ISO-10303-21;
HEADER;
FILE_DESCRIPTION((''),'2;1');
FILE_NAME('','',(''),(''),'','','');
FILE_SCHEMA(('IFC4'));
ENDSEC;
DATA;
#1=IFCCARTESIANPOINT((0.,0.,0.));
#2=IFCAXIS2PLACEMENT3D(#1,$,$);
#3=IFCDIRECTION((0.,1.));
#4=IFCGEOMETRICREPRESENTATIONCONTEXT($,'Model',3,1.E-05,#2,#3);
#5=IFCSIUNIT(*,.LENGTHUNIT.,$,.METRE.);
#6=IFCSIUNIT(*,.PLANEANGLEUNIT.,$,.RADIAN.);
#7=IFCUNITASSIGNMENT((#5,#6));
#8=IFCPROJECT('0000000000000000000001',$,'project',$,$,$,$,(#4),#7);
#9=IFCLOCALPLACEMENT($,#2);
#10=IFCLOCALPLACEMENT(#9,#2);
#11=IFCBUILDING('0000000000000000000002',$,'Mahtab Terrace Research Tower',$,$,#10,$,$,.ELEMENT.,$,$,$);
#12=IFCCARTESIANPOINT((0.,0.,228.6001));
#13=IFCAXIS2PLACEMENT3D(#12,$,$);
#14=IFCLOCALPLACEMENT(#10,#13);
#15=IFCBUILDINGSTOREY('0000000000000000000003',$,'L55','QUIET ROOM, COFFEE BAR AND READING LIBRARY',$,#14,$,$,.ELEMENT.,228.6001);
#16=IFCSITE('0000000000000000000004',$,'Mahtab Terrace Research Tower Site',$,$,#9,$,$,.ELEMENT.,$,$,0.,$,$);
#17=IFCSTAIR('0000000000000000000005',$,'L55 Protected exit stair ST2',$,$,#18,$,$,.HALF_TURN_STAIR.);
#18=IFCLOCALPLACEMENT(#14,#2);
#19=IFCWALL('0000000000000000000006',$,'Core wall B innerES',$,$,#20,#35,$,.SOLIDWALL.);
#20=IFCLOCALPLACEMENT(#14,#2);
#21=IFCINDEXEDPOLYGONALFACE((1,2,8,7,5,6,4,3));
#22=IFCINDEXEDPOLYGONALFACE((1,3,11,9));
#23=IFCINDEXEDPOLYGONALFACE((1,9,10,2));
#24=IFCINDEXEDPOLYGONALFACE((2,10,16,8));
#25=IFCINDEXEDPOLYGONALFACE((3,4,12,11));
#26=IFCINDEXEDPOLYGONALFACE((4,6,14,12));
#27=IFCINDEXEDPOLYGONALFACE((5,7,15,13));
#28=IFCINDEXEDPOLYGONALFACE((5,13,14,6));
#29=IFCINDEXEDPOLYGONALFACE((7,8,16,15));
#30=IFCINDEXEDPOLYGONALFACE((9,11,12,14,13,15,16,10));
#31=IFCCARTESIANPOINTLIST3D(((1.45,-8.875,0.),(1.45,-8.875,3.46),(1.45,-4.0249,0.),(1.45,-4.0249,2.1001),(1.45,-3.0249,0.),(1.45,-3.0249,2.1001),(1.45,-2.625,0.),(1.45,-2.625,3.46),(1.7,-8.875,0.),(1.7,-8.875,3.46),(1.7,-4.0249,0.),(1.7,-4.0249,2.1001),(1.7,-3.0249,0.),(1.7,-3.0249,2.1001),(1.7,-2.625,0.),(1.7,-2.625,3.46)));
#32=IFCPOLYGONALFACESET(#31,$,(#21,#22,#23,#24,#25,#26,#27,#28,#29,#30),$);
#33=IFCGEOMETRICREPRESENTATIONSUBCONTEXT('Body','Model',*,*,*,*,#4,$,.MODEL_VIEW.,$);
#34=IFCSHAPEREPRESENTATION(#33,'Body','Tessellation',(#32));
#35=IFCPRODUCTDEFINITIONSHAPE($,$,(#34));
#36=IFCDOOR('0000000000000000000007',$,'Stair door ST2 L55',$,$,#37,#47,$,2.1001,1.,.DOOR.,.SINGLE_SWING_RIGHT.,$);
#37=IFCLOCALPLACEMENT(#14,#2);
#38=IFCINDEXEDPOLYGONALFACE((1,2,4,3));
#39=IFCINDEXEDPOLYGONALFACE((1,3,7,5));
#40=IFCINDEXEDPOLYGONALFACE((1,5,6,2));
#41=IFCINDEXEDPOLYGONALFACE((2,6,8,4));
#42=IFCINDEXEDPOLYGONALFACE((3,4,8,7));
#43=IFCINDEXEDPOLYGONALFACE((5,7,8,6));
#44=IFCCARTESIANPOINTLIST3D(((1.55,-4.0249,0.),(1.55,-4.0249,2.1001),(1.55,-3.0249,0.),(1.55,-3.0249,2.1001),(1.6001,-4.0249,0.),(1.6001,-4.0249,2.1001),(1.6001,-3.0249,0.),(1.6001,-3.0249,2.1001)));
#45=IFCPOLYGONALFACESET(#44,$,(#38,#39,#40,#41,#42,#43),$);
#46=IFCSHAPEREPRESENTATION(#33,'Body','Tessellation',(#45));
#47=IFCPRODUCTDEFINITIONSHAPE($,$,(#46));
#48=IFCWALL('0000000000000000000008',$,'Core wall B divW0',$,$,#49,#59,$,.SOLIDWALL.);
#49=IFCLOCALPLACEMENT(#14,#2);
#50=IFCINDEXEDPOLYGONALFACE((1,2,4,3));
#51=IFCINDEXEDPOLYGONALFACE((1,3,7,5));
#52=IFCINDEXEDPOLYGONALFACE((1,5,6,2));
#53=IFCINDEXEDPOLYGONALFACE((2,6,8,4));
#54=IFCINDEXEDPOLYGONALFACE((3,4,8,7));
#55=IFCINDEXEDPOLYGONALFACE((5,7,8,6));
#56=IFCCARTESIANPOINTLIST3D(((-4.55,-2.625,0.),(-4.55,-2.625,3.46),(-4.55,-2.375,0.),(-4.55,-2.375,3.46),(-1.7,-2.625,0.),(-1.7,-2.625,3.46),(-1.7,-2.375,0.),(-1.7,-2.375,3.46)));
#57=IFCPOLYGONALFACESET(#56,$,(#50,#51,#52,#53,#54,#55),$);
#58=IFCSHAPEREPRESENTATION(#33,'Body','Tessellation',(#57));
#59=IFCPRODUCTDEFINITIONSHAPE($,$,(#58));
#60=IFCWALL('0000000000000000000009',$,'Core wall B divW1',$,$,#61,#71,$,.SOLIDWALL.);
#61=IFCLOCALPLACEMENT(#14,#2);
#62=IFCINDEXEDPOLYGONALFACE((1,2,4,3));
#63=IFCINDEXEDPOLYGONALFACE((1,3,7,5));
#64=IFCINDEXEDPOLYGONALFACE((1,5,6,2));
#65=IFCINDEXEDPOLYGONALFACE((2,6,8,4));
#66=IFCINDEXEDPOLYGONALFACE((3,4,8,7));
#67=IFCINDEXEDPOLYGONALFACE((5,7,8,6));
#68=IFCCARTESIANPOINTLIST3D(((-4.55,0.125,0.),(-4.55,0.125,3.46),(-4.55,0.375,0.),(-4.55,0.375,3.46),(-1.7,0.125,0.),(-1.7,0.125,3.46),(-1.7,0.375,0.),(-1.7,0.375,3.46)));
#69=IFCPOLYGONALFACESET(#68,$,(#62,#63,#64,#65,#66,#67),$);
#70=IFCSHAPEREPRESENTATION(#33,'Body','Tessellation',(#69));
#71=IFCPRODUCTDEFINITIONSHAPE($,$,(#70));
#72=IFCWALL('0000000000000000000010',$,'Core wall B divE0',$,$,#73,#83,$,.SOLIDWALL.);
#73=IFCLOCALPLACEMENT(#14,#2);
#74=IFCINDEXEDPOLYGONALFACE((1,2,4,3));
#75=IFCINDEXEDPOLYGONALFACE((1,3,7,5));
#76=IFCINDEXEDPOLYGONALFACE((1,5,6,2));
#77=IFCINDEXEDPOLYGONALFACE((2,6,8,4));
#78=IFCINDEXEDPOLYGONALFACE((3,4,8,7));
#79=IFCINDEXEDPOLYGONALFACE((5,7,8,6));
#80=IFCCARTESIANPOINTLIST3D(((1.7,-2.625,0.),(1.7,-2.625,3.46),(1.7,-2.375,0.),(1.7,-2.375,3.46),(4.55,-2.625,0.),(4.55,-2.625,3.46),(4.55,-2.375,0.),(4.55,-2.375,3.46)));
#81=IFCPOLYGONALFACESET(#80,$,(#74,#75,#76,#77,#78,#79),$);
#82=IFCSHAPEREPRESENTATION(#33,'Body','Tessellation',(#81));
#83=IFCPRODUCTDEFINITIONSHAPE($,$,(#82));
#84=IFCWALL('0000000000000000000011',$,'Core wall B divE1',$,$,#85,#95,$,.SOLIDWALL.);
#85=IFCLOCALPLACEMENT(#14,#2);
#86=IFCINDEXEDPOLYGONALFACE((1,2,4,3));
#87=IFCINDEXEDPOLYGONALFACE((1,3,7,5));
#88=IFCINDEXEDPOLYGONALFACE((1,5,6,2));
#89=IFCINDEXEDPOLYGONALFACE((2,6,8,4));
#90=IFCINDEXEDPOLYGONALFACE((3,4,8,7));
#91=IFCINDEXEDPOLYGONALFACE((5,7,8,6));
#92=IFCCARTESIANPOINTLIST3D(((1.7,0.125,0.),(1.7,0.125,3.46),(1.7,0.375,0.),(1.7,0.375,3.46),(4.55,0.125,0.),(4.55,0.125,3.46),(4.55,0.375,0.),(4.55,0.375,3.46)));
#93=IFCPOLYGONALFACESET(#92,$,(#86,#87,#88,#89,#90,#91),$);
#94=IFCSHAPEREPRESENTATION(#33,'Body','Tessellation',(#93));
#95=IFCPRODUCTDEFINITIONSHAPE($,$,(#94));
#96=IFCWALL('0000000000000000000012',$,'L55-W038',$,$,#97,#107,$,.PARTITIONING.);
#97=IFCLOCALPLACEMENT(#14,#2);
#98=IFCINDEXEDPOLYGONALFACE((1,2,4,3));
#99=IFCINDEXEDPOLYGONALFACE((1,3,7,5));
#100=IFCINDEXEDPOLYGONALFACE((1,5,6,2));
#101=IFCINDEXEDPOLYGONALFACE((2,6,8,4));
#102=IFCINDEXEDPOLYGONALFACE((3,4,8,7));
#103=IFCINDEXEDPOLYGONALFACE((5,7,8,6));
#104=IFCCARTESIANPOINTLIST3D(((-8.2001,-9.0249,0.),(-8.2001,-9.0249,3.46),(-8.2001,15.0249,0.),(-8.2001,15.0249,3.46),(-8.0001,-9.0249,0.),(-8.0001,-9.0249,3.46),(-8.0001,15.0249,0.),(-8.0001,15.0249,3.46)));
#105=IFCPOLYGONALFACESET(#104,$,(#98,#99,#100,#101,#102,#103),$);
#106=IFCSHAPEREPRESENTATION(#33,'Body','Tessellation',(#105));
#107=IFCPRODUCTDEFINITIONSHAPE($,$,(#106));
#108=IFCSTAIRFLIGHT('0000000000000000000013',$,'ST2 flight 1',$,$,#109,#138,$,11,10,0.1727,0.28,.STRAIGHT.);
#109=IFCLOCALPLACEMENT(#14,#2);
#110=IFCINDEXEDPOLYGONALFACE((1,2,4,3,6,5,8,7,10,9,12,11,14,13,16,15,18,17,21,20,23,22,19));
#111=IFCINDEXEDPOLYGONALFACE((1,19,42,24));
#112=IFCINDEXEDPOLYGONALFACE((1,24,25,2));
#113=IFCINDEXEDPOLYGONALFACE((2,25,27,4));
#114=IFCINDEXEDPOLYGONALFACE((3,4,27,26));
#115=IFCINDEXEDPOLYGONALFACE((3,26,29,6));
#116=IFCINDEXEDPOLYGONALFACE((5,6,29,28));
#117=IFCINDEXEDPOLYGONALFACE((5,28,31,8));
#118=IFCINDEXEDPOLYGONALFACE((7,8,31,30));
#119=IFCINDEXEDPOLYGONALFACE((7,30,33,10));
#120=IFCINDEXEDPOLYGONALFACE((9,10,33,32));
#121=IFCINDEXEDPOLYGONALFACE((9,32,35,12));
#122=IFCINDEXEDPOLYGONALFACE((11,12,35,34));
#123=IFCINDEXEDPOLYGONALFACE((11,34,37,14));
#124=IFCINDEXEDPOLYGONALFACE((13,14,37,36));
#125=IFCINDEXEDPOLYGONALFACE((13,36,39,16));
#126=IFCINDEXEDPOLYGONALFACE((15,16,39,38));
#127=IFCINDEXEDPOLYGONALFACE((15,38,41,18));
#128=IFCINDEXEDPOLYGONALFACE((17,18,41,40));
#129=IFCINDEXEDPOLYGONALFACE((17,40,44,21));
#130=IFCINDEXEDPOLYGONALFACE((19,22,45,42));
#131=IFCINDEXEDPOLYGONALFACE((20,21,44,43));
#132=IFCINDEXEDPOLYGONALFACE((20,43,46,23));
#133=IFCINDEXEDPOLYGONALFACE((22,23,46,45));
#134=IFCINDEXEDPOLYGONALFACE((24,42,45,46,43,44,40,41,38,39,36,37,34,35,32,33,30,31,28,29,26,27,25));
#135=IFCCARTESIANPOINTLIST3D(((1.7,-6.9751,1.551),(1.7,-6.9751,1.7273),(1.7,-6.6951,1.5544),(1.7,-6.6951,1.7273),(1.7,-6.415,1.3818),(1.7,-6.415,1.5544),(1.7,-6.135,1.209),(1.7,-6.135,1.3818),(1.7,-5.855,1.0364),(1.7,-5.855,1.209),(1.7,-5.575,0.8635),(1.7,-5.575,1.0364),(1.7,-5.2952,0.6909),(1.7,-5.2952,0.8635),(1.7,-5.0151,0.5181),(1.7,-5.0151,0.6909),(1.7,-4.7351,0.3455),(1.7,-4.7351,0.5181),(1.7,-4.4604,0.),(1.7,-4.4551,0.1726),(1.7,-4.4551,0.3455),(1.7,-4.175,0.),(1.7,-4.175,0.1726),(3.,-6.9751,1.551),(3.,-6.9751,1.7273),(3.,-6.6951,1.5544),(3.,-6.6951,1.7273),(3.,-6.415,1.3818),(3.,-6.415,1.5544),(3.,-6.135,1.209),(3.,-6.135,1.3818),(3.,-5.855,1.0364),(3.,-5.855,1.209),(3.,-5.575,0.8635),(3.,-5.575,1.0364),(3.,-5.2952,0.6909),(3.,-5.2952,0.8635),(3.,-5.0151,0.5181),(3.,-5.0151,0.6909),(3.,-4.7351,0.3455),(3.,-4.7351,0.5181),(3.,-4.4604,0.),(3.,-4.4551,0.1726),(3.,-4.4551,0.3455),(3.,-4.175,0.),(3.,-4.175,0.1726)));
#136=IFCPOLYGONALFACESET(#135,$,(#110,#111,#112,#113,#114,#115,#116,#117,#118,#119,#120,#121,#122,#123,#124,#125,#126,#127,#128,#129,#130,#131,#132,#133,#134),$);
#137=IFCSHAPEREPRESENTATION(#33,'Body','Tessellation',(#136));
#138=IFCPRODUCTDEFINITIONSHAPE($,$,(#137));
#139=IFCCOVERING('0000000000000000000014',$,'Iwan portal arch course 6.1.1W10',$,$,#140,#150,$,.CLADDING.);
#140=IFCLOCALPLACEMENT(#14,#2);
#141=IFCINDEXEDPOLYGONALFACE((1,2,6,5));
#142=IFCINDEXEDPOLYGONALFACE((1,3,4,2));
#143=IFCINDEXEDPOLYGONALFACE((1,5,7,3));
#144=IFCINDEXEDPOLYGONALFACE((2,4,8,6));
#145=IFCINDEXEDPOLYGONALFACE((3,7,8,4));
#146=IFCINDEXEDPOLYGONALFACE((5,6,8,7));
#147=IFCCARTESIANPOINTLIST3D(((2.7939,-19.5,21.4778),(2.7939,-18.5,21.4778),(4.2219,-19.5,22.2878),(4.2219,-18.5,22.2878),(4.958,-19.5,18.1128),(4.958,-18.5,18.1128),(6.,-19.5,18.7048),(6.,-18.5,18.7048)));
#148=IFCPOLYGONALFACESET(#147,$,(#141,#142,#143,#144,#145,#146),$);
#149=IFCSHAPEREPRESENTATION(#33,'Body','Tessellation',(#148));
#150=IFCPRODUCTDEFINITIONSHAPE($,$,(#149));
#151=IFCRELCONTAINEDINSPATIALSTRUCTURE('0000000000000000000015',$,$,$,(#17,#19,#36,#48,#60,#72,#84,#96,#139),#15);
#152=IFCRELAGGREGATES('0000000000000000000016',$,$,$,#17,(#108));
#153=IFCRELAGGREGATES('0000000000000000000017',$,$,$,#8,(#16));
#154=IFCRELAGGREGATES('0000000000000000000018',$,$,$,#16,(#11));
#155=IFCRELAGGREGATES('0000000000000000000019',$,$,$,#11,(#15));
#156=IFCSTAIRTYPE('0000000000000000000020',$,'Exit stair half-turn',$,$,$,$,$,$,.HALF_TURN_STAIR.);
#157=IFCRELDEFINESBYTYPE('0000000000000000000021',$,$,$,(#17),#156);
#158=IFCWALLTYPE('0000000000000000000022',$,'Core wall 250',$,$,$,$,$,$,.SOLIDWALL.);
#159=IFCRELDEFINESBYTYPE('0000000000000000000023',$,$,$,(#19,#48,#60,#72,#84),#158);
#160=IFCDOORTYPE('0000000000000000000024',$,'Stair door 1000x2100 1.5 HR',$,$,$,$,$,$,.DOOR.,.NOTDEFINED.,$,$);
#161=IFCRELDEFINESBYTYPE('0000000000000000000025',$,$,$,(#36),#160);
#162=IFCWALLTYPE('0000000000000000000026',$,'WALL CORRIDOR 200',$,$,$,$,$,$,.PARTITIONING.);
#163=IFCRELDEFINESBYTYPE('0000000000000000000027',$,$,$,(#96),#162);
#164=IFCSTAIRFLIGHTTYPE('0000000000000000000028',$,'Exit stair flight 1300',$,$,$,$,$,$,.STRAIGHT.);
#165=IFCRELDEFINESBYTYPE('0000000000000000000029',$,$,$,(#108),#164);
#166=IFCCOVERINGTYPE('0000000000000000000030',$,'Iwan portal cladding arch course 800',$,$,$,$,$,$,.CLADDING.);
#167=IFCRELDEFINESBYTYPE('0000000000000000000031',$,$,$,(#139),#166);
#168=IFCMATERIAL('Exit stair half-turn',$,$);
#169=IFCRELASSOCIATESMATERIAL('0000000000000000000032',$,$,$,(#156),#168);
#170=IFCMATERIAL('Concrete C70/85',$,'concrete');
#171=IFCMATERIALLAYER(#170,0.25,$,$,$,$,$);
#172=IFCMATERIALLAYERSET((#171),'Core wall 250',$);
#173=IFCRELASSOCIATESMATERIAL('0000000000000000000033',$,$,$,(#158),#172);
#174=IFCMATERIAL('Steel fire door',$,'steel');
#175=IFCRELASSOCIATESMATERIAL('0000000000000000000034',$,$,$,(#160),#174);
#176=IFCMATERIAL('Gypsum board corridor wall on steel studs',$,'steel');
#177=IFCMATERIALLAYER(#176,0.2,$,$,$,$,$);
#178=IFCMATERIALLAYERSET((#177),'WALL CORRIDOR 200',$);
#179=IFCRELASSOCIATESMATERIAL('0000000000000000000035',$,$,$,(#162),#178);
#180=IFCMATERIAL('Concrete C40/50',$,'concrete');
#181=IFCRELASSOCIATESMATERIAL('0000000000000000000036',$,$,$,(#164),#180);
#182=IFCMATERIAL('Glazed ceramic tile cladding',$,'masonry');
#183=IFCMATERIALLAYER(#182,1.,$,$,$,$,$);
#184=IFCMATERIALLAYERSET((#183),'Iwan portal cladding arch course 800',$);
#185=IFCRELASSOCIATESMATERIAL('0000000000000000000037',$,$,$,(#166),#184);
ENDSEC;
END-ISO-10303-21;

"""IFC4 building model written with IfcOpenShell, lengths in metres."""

from ifc_helpers import new_model, si_unit, direction, frame, frame_2d, origin, place, context, subcontext, project, spatial, polyline, rectangle, outline, extrude, material, layer, layer_set, type_object, element, fill, aggregate, save


model = new_model("IFC4")

# Units and contexts
model_context = context("Model", 3, precision=1e-05, world=origin(), true_north=direction((0.0, 1.0)))
body_context = subcontext(model_context, "Body", "Model", "MODEL_VIEW")
ifc_project = project(units=[si_unit("LENGTHUNIT", "METRE"), si_unit("PLANEANGLEUNIT", "RADIAN")], contexts=[model_context])

# Site, building, storey
site_placement = place(None, origin())
site = spatial("IfcSite", under=ifc_project, at=site_placement, Name="Mahtab Terrace Research Tower Site", CompositionType="ELEMENT", RefElevation=0.0)
building_placement = place(site_placement, origin())
building = spatial("IfcBuilding", under=site, at=building_placement, Name="Mahtab Terrace Research Tower", CompositionType="ELEMENT")
storey_placement = place(building_placement, frame((0.0, 0.0, 228.6001)))
storey = spatial("IfcBuildingStorey", under=building, at=storey_placement, Name="L55", Description="QUIET ROOM, COFFEE BAR AND READING LIBRARY", CompositionType="ELEMENT", Elevation=228.6001)

# Stair
ifc_material_1 = material(Name="Exit stair half-turn")
stair_type = type_object("IfcStairType", Name="Exit stair half-turn", PredefinedType="HALF_TURN_STAIR", material=ifc_material_1)
ifc_material_2 = material(Name="Concrete C40/50", Category="concrete")
stair_1_placement = place(storey_placement, origin())
stair_1 = element("IfcStair", 1, at=stair_1_placement, inside=storey, type_object=stair_type, Name="L55 Protected exit stair ST2", PredefinedType="HALF_TURN_STAIR")

# Shared definitions
ifc_material_3 = material(Name="Concrete C70/85", Category="concrete")
ifc_layer_1 = layer(ifc_material_3, 0.25)
ifc_layer_set_1 = layer_set([ifc_layer_1], Name="Core wall 250")
wall_type_1 = type_object("IfcWallType", Name="Core wall 250", PredefinedType="SOLIDWALL", material=ifc_layer_set_1)
ifc_material_4 = material(Name="Steel fire door", Category="steel")

# Wall, opening, door
wall_1_placement = place(storey_placement, frame((1.575, -8.875, 0.0), z_axis=(0.0, 0.0, 1.0), x_axis=(0.0, 1.0, 0.0)))
wall_1 = element("IfcWall", 2, at=wall_1_placement, inside=storey, type_object=wall_type_1, Name="Core wall B innerES", PredefinedType="SOLIDWALL", context=body_context, shape_type="SweptSolid", body=[
    extrude(rectangle(XDim=6.25, YDim=0.25, at=frame_2d((3.125, 0.0))), origin(), (0.0, 0.0, 1.0), 3.46),
])
opening_1_placement = place(wall_1_placement, frame((4.8501, 0.0, 0.0)))
opening_1 = element("IfcOpeningElement", 3, at=opening_1_placement, cuts=wall_1, PredefinedType="OPENING", context=body_context, shape_type="SweptSolid", body=[
    extrude(rectangle(XDim=1.0, YDim=2.1001, at=frame_2d((0.5, 1.05))), frame((0.0, 0.135, 0.0), z_axis=(0.0, -1.0, 0.0), x_axis=(1.0, 0.0, 0.0)), (0.0, 0.0, 1.0), 0.27),
])
door_type_1 = type_object("IfcDoorType", Name="Stair door 1000x2100 1.5 HR", OperationType="NOTDEFINED", PredefinedType="DOOR", material=ifc_material_4)
door_1_placement = place(opening_1_placement, origin())
door_1 = element("IfcDoor", 4, at=door_1_placement, inside=storey, type_object=door_type_1, Name="Stair door ST2 L55", OperationType="SINGLE_SWING_RIGHT", OverallHeight=2.1001, OverallWidth=1.0, PredefinedType="DOOR", context=body_context, shape_type="SweptSolid", body=[
    extrude(rectangle(XDim=1.0, YDim=2.1001, at=frame_2d((0.5, 1.05))), frame((0.0, 0.0249, 0.0), z_axis=(0.0, -1.0, 0.0), x_axis=(1.0, 0.0, 0.0)), (0.0, 0.0, 1.0), 0.05),
])
fill(opening_1, door_1)

# Walls
for number, where, z_axis, x_axis, name in (
    (5, (-4.55, -2.5, 0.0), (0.0, 0.0, 1.0), (1.0, 0.0, 0.0), "Core wall B divW0"),
    (6, (-4.55, 0.25, 0.0), (0.0, 0.0, 1.0), (1.0, 0.0, 0.0), "Core wall B divW1"),
    (7, (1.7, -2.5, 0.0), (0.0, 0.0, 1.0), (1.0, 0.0, 0.0), "Core wall B divE0"),
    (8, (1.7, 0.25, 0.0), (0.0, 0.0, 1.0), (1.0, 0.0, 0.0), "Core wall B divE1"),
):
    element("IfcWall", number, at=place(storey_placement, frame(where, z_axis=z_axis, x_axis=x_axis)), inside=storey, type_object=wall_type_1, Name=name, PredefinedType="SOLIDWALL", context=body_context, shape_type="SweptSolid", body=[
        extrude(rectangle(XDim=2.8501, YDim=0.25, at=frame_2d((1.425, 0.0))), origin(), (0.0, 0.0, 1.0), 3.46),
    ])
ifc_material_5 = material(Name="Gypsum board corridor wall on steel studs", Category="steel")
ifc_layer_2 = layer(ifc_material_5, 0.2)
ifc_layer_set_2 = layer_set([ifc_layer_2], Name="WALL CORRIDOR 200")
wall_type_2 = type_object("IfcWallType", Name="WALL CORRIDOR 200", PredefinedType="PARTITIONING", material=ifc_layer_set_2)
wall_2_placement = place(storey_placement, frame((-8.1001, -9.0249, 0.0), z_axis=(0.0, 0.0, 1.0), x_axis=(0.0, 1.0, 0.0)))
element("IfcWall", 9, at=wall_2_placement, inside=storey, type_object=wall_type_2, Name="L55-W038", PredefinedType="PARTITIONING", context=body_context, shape_type="SweptSolid", body=[
    extrude(rectangle(XDim=24.0498, YDim=0.2, at=frame_2d((12.0249, 0.0))), origin(), (0.0, 0.0, 1.0), 3.46),
])

# Stair flight
stair_flight_type = type_object("IfcStairFlightType", Name="Exit stair flight 1300", PredefinedType="STRAIGHT", material=ifc_material_2)
stair_flight_placement = place(storey_placement, frame((2.3501, -4.175, 0.0), z_axis=(0.0, 0.0, 1.0), x_axis=(0.0, -1.0, 0.0)))
stair_flight = element("IfcStairFlight", 10, at=stair_flight_placement, type_object=stair_flight_type, Name="ST2 flight 1", NumberOfRisers=11, NumberOfTreads=10, PredefinedType="STRAIGHT", RiserHeight=0.1727, TreadLength=0.28, context=body_context, shape_type="SweptSolid", body=[
    extrude(outline(polyline([(0.0, 0.0), (0.0, 0.1726), (0.28, 0.1726), (0.28, 0.3455), (0.5601, 0.3455), (0.5601, 0.5181), (0.8401, 0.5181), (0.8401, 0.6909), (1.1201, 0.6909), (1.1201, 0.8635), (1.3999, 0.8635), (1.3999, 1.0364), (1.6799, 1.0364), (1.6799, 1.209), (1.96, 1.209), (1.96, 1.3818), (2.24, 1.3818), (2.24, 1.5544), (2.52, 1.5544), (2.52, 1.7273), (2.8, 1.7273), (2.8, 1.8999), (2.8, 1.551), (0.2854, 0.0), (0.0, 0.0)])), frame((0.0, 0.6499, 0.0), z_axis=(0.0, -1.0, 0.0), x_axis=(1.0, 0.0, 0.0)), (0.0, 0.0, 1.0), 1.3),
])
aggregate(stair_1, [stair_flight])

# Covering
ifc_material_6 = material(Name="Glazed ceramic tile cladding", Category="masonry")
ifc_layer_3 = layer(ifc_material_6, 1.0)
ifc_layer_set_3 = layer_set([ifc_layer_3], Name="Iwan portal cladding arch course 800")
covering_type_1 = type_object("IfcCoveringType", Name="Iwan portal cladding arch course 800", PredefinedType="CLADDING", material=ifc_layer_set_3)
covering_1_placement = place(storey_placement, frame((2.7939, -18.5, 21.4778), z_axis=(0.0, 1.0, 0.0), x_axis=(0.869795, 0.0, 0.493414)))
element("IfcCovering", 11, at=covering_1_placement, inside=storey, type_object=covering_type_1, Name="Iwan portal arch course 6.1.1W10", PredefinedType="CLADDING", context=body_context, shape_type="SweptSolid", body=[
    extrude(outline(polyline([(0.0, 0.0), (1.6417, 0.0), (1.4204, 3.9938), (0.222, 3.9946), (0.0, 0.0)])), origin(), (0.0, 0.0, -1.0), 1.0),
])

save(model, "model.ifc")
